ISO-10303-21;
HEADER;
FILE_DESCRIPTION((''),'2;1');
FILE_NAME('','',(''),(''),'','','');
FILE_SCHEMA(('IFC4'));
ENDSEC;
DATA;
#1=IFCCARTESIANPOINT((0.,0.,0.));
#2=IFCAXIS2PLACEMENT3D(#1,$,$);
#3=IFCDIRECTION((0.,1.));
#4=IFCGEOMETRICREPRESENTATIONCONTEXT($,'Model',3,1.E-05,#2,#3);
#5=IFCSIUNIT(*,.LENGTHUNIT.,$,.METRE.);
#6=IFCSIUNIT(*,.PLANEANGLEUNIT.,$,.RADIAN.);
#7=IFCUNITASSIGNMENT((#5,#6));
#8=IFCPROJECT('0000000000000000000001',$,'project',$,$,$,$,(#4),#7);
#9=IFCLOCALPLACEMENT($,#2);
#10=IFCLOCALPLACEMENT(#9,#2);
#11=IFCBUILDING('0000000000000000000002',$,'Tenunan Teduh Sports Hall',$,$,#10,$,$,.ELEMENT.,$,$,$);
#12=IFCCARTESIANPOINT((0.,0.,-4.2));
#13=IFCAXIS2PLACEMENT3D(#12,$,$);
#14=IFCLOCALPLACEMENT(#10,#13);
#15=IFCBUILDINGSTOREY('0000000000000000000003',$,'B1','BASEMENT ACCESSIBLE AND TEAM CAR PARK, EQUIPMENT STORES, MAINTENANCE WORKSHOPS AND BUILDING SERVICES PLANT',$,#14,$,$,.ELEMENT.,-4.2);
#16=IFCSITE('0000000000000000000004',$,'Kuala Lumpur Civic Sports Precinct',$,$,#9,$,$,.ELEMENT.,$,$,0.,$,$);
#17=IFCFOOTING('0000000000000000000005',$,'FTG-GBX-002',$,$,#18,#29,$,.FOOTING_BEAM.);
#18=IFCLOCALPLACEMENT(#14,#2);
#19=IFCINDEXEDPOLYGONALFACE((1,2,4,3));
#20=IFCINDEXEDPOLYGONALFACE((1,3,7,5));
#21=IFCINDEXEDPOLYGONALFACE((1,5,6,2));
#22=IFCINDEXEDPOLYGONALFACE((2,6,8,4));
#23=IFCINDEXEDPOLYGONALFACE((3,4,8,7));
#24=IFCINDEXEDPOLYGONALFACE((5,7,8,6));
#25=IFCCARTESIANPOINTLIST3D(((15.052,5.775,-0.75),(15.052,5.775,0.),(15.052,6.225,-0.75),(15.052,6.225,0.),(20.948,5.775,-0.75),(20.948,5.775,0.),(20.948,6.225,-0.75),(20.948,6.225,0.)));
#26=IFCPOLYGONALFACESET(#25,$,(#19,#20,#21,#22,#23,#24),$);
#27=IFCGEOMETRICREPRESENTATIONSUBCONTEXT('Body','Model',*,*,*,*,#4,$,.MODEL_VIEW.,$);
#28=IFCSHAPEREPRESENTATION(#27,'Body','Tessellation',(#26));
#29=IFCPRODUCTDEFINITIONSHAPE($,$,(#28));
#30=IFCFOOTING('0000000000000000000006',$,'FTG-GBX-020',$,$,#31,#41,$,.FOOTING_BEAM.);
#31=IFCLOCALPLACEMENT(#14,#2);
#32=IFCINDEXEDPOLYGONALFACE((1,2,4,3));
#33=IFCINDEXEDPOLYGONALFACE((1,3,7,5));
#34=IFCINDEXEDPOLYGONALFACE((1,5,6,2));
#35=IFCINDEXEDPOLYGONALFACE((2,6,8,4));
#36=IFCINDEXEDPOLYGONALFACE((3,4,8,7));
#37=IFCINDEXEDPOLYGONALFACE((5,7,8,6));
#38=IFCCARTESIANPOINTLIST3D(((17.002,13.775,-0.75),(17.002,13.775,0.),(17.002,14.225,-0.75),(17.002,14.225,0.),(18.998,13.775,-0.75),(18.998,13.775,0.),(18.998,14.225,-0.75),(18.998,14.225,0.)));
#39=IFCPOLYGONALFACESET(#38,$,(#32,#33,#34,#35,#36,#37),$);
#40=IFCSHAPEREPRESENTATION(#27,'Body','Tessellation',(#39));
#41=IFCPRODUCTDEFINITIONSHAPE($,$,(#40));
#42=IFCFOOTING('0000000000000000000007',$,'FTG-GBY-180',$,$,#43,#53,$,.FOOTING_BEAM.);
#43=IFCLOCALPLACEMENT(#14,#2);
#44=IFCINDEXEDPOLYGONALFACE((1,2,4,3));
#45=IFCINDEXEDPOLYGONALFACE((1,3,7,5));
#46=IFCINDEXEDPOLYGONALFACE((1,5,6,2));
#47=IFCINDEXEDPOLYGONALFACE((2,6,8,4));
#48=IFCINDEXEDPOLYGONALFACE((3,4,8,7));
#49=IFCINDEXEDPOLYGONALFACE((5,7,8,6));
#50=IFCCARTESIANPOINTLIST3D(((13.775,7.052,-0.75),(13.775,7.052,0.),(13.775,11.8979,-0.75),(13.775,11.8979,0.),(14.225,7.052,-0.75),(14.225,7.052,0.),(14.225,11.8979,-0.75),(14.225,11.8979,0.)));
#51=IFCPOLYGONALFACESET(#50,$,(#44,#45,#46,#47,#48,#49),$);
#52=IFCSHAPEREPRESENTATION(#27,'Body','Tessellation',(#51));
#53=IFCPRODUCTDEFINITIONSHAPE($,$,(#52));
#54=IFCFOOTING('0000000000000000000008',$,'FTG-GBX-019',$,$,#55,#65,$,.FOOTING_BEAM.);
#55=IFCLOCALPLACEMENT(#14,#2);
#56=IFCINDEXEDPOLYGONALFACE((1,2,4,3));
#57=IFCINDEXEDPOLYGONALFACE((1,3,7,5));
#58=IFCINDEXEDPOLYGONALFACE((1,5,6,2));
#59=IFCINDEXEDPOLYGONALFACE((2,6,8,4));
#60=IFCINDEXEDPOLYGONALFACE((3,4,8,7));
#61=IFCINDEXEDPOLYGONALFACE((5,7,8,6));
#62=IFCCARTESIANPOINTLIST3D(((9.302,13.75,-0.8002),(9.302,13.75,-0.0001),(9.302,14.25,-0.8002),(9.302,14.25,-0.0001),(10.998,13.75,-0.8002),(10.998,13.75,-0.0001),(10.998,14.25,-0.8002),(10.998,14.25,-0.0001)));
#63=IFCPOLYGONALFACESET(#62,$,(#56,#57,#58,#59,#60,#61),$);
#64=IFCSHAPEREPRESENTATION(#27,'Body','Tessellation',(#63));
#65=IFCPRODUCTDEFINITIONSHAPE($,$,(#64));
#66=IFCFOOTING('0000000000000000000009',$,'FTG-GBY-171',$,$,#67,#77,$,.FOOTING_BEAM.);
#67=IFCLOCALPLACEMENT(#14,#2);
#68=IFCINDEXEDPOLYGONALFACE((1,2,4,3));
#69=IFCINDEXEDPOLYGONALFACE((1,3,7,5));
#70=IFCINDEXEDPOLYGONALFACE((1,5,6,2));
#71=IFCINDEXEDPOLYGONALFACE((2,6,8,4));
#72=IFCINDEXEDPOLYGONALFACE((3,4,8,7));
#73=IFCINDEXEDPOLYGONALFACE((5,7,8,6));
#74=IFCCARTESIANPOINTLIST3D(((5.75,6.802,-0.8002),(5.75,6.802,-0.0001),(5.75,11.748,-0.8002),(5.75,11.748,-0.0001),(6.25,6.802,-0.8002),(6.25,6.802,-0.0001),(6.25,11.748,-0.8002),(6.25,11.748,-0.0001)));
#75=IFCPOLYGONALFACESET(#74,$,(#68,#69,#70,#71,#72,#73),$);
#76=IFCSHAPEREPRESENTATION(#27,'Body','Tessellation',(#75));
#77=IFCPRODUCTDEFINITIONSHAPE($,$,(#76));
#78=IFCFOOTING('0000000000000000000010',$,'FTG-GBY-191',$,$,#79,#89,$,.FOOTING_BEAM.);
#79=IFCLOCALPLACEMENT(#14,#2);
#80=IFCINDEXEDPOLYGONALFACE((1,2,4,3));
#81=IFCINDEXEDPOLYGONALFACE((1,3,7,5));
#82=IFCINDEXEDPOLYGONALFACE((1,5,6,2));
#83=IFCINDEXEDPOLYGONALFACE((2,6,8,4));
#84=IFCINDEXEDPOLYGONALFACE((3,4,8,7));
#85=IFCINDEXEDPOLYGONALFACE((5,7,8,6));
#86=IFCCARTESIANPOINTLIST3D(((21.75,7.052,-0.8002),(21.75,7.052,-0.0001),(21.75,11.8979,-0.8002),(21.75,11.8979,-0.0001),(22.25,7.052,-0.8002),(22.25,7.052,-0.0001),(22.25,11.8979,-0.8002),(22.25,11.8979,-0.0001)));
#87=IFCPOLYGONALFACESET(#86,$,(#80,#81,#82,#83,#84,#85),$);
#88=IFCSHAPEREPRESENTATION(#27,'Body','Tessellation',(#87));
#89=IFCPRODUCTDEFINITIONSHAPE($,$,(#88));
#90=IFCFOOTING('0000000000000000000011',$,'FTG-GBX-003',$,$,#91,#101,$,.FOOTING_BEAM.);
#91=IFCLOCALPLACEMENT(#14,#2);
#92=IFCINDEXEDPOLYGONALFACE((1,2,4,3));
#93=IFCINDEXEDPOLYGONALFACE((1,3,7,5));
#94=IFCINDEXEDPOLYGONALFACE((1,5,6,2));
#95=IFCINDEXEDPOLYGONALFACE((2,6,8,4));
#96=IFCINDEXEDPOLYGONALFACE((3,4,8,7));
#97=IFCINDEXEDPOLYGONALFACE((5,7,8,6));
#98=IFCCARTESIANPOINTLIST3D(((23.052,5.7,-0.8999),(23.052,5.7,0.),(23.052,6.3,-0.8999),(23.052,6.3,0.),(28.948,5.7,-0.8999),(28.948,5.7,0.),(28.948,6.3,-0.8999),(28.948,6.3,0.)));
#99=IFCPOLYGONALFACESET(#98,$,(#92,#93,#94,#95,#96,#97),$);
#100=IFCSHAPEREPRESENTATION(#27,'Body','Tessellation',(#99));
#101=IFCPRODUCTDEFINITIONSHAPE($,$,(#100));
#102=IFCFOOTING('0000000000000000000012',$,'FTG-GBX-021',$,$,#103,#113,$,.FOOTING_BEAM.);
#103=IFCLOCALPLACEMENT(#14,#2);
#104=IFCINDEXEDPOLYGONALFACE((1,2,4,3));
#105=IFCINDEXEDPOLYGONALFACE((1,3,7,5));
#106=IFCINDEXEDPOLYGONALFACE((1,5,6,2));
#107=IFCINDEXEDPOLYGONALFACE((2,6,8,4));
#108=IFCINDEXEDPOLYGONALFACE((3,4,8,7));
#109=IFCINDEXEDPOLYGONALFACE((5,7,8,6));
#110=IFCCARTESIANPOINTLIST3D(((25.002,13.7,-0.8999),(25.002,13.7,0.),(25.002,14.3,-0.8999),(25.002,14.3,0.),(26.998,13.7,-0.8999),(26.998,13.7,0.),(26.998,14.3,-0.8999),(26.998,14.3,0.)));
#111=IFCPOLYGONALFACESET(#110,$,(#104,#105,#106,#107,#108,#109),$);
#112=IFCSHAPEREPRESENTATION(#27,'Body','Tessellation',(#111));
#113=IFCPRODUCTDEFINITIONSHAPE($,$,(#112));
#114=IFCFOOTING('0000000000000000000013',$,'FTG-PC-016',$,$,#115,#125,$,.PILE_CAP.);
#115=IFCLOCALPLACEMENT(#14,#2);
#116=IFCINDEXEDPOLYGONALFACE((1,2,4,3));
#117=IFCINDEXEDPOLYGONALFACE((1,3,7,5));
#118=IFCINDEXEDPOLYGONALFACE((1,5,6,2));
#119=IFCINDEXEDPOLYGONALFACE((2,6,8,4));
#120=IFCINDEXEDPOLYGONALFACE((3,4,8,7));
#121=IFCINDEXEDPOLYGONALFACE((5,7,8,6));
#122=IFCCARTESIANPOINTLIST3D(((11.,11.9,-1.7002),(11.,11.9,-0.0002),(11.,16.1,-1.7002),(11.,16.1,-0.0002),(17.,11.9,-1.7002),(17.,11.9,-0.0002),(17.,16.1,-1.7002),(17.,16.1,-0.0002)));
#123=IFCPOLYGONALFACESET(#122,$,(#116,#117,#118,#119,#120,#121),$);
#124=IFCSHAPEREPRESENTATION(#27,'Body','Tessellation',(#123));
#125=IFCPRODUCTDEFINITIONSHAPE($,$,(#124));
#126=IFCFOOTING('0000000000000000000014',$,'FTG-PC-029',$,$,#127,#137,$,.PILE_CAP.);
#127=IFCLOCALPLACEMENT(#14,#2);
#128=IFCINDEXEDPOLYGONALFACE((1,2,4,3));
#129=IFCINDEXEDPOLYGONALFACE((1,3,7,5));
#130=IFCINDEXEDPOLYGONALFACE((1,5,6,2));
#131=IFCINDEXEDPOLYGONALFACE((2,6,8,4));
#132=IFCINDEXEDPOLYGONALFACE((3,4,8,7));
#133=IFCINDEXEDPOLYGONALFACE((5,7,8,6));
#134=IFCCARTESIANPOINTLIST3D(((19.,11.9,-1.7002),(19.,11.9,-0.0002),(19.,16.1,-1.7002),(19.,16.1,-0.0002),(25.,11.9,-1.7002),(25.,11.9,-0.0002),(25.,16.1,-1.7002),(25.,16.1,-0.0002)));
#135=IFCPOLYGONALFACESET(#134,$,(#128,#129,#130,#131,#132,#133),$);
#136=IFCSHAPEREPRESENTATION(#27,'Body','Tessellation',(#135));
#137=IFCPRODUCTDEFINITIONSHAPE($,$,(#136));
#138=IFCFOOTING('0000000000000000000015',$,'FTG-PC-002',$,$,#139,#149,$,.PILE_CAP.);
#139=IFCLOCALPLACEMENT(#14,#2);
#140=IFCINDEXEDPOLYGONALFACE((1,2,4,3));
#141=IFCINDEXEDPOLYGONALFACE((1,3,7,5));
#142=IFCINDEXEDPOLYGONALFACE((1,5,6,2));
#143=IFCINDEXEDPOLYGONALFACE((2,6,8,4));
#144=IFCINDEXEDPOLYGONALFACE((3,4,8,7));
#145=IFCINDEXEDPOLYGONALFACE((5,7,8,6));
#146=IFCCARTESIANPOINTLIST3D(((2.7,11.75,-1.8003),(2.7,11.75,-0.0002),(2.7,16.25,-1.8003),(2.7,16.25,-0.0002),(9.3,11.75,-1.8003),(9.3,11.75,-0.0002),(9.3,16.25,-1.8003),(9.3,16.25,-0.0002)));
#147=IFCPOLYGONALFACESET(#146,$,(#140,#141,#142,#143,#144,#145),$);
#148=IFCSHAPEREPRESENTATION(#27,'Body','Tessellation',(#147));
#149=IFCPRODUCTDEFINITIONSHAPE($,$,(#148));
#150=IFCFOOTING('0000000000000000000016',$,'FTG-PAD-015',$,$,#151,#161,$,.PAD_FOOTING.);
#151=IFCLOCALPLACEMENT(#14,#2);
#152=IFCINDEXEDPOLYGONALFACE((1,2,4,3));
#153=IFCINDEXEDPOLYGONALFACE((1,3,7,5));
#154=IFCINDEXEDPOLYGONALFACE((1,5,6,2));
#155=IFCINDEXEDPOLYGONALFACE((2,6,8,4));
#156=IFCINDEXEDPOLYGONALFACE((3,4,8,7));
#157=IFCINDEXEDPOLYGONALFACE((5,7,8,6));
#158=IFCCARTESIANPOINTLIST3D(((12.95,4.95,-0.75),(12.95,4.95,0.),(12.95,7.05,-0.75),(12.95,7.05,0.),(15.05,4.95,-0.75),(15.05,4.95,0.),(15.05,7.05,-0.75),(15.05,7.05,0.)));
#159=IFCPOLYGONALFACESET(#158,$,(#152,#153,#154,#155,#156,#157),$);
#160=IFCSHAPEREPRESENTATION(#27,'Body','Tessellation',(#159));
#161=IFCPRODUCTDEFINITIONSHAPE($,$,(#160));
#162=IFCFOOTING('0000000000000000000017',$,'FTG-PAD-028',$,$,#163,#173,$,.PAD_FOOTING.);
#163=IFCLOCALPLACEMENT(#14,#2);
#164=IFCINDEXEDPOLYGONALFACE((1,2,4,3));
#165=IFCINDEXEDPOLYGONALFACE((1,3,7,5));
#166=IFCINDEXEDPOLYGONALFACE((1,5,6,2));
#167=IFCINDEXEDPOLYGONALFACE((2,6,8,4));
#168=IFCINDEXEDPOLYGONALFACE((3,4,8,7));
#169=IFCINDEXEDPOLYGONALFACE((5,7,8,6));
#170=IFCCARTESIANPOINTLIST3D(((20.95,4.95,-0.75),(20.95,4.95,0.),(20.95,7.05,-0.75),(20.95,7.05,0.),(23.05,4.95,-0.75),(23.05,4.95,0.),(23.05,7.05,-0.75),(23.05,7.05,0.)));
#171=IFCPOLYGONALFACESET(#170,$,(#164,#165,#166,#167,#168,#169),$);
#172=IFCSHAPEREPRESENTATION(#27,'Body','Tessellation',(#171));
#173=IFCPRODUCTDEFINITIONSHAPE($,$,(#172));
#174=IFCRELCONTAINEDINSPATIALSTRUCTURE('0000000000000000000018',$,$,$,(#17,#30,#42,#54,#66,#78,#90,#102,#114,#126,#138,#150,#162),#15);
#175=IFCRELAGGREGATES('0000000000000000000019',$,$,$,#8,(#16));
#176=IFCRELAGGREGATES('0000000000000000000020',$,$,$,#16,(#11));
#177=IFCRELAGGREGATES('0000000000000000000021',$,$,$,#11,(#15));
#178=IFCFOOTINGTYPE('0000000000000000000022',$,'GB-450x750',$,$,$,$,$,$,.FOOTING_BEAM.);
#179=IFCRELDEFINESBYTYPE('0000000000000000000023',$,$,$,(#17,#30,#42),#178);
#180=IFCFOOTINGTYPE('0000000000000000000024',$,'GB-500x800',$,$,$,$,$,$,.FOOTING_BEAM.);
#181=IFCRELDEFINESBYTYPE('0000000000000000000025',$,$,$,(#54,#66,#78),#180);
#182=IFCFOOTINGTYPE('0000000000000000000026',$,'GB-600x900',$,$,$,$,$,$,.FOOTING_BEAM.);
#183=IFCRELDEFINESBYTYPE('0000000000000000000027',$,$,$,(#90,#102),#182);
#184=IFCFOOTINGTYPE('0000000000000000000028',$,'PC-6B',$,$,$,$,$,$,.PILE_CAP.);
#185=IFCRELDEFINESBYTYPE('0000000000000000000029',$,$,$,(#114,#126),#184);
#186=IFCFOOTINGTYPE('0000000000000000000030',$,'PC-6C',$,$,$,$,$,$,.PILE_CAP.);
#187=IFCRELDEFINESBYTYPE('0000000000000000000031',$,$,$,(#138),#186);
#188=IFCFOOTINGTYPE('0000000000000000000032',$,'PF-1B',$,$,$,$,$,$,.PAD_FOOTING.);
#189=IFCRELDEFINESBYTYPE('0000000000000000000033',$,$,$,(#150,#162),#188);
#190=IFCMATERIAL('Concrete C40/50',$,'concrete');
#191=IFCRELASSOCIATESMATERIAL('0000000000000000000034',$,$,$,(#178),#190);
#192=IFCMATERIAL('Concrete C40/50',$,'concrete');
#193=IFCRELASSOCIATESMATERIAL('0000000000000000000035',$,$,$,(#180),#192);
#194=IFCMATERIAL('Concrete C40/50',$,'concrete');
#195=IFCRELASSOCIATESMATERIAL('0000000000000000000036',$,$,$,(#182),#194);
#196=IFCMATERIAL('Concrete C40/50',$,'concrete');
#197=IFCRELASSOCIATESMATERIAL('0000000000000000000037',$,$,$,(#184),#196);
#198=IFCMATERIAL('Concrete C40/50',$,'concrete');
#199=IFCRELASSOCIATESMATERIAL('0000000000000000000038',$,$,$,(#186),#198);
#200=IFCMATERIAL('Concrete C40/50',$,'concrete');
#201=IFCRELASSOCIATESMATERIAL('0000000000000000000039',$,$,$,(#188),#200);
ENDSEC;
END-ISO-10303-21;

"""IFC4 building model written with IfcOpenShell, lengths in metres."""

from ifc_helpers import new_model, si_unit, direction, frame, origin, origin_2d, place, context, subcontext, project, spatial, rectangle, extrude, material, material_profile, profile_set, type_object, element, save


model = new_model("IFC4")

# Units and contexts
model_context = context("Model", 3, precision=1e-05, world=origin(), true_north=direction((0.0, 1.0)))
body_context = subcontext(model_context, "Body", "Model", "MODEL_VIEW")
ifc_project = project(units=[si_unit("LENGTHUNIT", "METRE"), si_unit("PLANEANGLEUNIT", "RADIAN")], contexts=[model_context])

# Site, building, storey
site_placement = place(None, origin())
site = spatial("IfcSite", under=ifc_project, at=site_placement, Name="Kuala Lumpur Civic Sports Precinct", CompositionType="ELEMENT", RefElevation=0.0)
building_placement = place(site_placement, origin())
building = spatial("IfcBuilding", under=site, at=building_placement, Name="Tenunan Teduh Sports Hall", CompositionType="ELEMENT")
storey_placement = place(building_placement, frame((0.0, 0.0, -4.2)))
storey = spatial("IfcBuildingStorey", under=building, at=storey_placement, Name="B1", Description="BASEMENT ACCESSIBLE AND TEAM CAR PARK, EQUIPMENT STORES, MAINTENANCE WORKSHOPS AND BUILDING SERVICES PLANT", CompositionType="ELEMENT", Elevation=-4.2)

# Footings
ifc_material_1 = material(Name="Concrete C40/50", Category="concrete")
ifc_material_profile_1 = material_profile(ifc_material_1, rectangle(XDim=0.45, YDim=0.75, at=origin_2d()), Name="RCB 450x750")
ifc_profile_set_1 = profile_set([ifc_material_profile_1], Name="Concrete C40/50")
footing_type_1 = type_object("IfcFootingType", Name="GB-450x750", PredefinedType="FOOTING_BEAM", material=ifc_profile_set_1)
footing_1_placement = place(storey_placement, frame((15.052, 6.0, -0.375), z_axis=(1.0, 0.0, 0.0), x_axis=(0.0, 1.0, 0.0)))
element("IfcFooting", 1, at=footing_1_placement, inside=storey, type_object=footing_type_1, Name="FTG-GBX-002", PredefinedType="FOOTING_BEAM", context=body_context, shape_type="SweptSolid", body=[
    extrude(rectangle(XDim=0.45, YDim=0.75, at=origin_2d()), origin(), (0.0, 0.0, 1.0), 5.896),
])
footing_2_placement = place(storey_placement, frame((17.002, 14.0, -0.375), z_axis=(1.0, 0.0, 0.0), x_axis=(0.0, 1.0, 0.0)))
element("IfcFooting", 2, at=footing_2_placement, inside=storey, type_object=footing_type_1, Name="FTG-GBX-020", PredefinedType="FOOTING_BEAM", context=body_context, shape_type="SweptSolid", body=[
    extrude(rectangle(XDim=0.45, YDim=0.75, at=origin_2d()), origin(), (0.0, 0.0, 1.0), 1.9961),
])
footing_3_placement = place(storey_placement, frame((14.0, 7.052, -0.375), z_axis=(0.0, 1.0, 0.0), x_axis=(-1.0, 0.0, 0.0)))
element("IfcFooting", 3, at=footing_3_placement, inside=storey, type_object=footing_type_1, Name="FTG-GBY-180", PredefinedType="FOOTING_BEAM", context=body_context, shape_type="SweptSolid", body=[
    extrude(rectangle(XDim=0.45, YDim=0.75, at=origin_2d()), origin(), (0.0, 0.0, 1.0), 4.8459),
])
ifc_material_2 = material(Name="Concrete C40/50", Category="concrete")
ifc_material_profile_2 = material_profile(ifc_material_2, rectangle(XDim=0.5, YDim=0.8, at=origin_2d()), Name="RCB 500x800")
ifc_profile_set_2 = profile_set([ifc_material_profile_2], Name="Concrete C40/50")
footing_type_2 = type_object("IfcFootingType", Name="GB-500x800", PredefinedType="FOOTING_BEAM", material=ifc_profile_set_2)
footing_4_placement = place(storey_placement, frame((9.302, 14.0, -0.4001), z_axis=(1.0, 0.0, 0.0), x_axis=(0.0, 1.0, 0.0)))
element("IfcFooting", 4, at=footing_4_placement, inside=storey, type_object=footing_type_2, Name="FTG-GBX-019", PredefinedType="FOOTING_BEAM", context=body_context, shape_type="SweptSolid", body=[
    extrude(rectangle(XDim=0.5, YDim=0.8, at=origin_2d()), origin(), (0.0, 0.0, 1.0), 1.696),
])
footing_5_placement = place(storey_placement, frame((6.0, 6.802, -0.4001), z_axis=(0.0, 1.0, 0.0), x_axis=(-1.0, 0.0, 0.0)))
element("IfcFooting", 5, at=footing_5_placement, inside=storey, type_object=footing_type_2, Name="FTG-GBY-171", PredefinedType="FOOTING_BEAM", context=body_context, shape_type="SweptSolid", body=[
    extrude(rectangle(XDim=0.5, YDim=0.8, at=origin_2d()), origin(), (0.0, 0.0, 1.0), 4.946),
])
footing_6_placement = place(storey_placement, frame((22.0, 7.052, -0.4001), z_axis=(0.0, 1.0, 0.0), x_axis=(-1.0, 0.0, 0.0)))
element("IfcFooting", 6, at=footing_6_placement, inside=storey, type_object=footing_type_2, Name="FTG-GBY-191", PredefinedType="FOOTING_BEAM", context=body_context, shape_type="SweptSolid", body=[
    extrude(rectangle(XDim=0.5, YDim=0.8, at=origin_2d()), origin(), (0.0, 0.0, 1.0), 4.8459),
])
ifc_material_3 = material(Name="Concrete C40/50", Category="concrete")
ifc_material_profile_3 = material_profile(ifc_material_3, rectangle(XDim=0.6001, YDim=0.8999, at=origin_2d()), Name="RCB 600x900")
ifc_profile_set_3 = profile_set([ifc_material_profile_3], Name="Concrete C40/50")
footing_type_3 = type_object("IfcFootingType", Name="GB-600x900", PredefinedType="FOOTING_BEAM", material=ifc_profile_set_3)
footing_7_placement = place(storey_placement, frame((23.052, 6.0, -0.45), z_axis=(1.0, 0.0, 0.0), x_axis=(0.0, 1.0, 0.0)))
element("IfcFooting", 7, at=footing_7_placement, inside=storey, type_object=footing_type_3, Name="FTG-GBX-003", PredefinedType="FOOTING_BEAM", context=body_context, shape_type="SweptSolid", body=[
    extrude(rectangle(XDim=0.6001, YDim=0.8999, at=origin_2d()), origin(), (0.0, 0.0, 1.0), 5.896),
])
footing_8_placement = place(storey_placement, frame((25.002, 14.0, -0.45), z_axis=(1.0, 0.0, 0.0), x_axis=(0.0, 1.0, 0.0)))
element("IfcFooting", 8, at=footing_8_placement, inside=storey, type_object=footing_type_3, Name="FTG-GBX-021", PredefinedType="FOOTING_BEAM", context=body_context, shape_type="SweptSolid", body=[
    extrude(rectangle(XDim=0.6001, YDim=0.8999, at=origin_2d()), origin(), (0.0, 0.0, 1.0), 1.9961),
])
ifc_material_4 = material(Name="Concrete C40/50", Category="concrete")
footing_type_4 = type_object("IfcFootingType", Name="PC-6B", PredefinedType="PILE_CAP", material=ifc_material_4)
for number, where, z_axis, x_axis, name in (
    (9, (14.0, 14.0, -1.7002), (0.0, 0.0, 1.0), (1.0, 0.0, 0.0), "FTG-PC-016"),
    (10, (22.0, 14.0, -1.7002), (0.0, 0.0, 1.0), (1.0, 0.0, 0.0), "FTG-PC-029"),
):
    element("IfcFooting", number, at=place(storey_placement, frame(where, z_axis=z_axis, x_axis=x_axis)), inside=storey, type_object=footing_type_4, Name=name, PredefinedType="PILE_CAP", context=body_context, shape_type="SweptSolid", body=[
        extrude(rectangle(XDim=6.0, YDim=4.2, at=origin_2d()), origin(), (0.0, 0.0, 1.0), 1.7),
    ])
ifc_material_5 = material(Name="Concrete C40/50", Category="concrete")
footing_type_5 = type_object("IfcFootingType", Name="PC-6C", PredefinedType="PILE_CAP", material=ifc_material_5)
footing_9_placement = place(storey_placement, frame((6.0, 14.0, -1.8003), z_axis=(0.0, 0.0, 1.0), x_axis=(1.0, 0.0, 0.0)))
element("IfcFooting", 11, at=footing_9_placement, inside=storey, type_object=footing_type_5, Name="FTG-PC-002", PredefinedType="PILE_CAP", context=body_context, shape_type="SweptSolid", body=[
    extrude(rectangle(XDim=6.6001, YDim=4.5, at=origin_2d()), origin(), (0.0, 0.0, 1.0), 1.8),
])
ifc_material_6 = material(Name="Concrete C40/50", Category="concrete")
footing_type_6 = type_object("IfcFootingType", Name="PF-1B", PredefinedType="PAD_FOOTING", material=ifc_material_6)
for number, where, z_axis, x_axis, name in (
    (12, (14.0, 6.0, -0.75), (0.0, 0.0, 1.0), (1.0, 0.0, 0.0), "FTG-PAD-015"),
    (13, (22.0, 6.0, -0.75), (0.0, 0.0, 1.0), (1.0, 0.0, 0.0), "FTG-PAD-028"),
):
    element("IfcFooting", number, at=place(storey_placement, frame(where, z_axis=z_axis, x_axis=x_axis)), inside=storey, type_object=footing_type_6, Name=name, PredefinedType="PAD_FOOTING", context=body_context, shape_type="SweptSolid", body=[
        extrude(rectangle(XDim=2.1001, YDim=2.1001, at=origin_2d()), origin(), (0.0, 0.0, 1.0), 0.75),
    ])

save(model, "model.ifc")
